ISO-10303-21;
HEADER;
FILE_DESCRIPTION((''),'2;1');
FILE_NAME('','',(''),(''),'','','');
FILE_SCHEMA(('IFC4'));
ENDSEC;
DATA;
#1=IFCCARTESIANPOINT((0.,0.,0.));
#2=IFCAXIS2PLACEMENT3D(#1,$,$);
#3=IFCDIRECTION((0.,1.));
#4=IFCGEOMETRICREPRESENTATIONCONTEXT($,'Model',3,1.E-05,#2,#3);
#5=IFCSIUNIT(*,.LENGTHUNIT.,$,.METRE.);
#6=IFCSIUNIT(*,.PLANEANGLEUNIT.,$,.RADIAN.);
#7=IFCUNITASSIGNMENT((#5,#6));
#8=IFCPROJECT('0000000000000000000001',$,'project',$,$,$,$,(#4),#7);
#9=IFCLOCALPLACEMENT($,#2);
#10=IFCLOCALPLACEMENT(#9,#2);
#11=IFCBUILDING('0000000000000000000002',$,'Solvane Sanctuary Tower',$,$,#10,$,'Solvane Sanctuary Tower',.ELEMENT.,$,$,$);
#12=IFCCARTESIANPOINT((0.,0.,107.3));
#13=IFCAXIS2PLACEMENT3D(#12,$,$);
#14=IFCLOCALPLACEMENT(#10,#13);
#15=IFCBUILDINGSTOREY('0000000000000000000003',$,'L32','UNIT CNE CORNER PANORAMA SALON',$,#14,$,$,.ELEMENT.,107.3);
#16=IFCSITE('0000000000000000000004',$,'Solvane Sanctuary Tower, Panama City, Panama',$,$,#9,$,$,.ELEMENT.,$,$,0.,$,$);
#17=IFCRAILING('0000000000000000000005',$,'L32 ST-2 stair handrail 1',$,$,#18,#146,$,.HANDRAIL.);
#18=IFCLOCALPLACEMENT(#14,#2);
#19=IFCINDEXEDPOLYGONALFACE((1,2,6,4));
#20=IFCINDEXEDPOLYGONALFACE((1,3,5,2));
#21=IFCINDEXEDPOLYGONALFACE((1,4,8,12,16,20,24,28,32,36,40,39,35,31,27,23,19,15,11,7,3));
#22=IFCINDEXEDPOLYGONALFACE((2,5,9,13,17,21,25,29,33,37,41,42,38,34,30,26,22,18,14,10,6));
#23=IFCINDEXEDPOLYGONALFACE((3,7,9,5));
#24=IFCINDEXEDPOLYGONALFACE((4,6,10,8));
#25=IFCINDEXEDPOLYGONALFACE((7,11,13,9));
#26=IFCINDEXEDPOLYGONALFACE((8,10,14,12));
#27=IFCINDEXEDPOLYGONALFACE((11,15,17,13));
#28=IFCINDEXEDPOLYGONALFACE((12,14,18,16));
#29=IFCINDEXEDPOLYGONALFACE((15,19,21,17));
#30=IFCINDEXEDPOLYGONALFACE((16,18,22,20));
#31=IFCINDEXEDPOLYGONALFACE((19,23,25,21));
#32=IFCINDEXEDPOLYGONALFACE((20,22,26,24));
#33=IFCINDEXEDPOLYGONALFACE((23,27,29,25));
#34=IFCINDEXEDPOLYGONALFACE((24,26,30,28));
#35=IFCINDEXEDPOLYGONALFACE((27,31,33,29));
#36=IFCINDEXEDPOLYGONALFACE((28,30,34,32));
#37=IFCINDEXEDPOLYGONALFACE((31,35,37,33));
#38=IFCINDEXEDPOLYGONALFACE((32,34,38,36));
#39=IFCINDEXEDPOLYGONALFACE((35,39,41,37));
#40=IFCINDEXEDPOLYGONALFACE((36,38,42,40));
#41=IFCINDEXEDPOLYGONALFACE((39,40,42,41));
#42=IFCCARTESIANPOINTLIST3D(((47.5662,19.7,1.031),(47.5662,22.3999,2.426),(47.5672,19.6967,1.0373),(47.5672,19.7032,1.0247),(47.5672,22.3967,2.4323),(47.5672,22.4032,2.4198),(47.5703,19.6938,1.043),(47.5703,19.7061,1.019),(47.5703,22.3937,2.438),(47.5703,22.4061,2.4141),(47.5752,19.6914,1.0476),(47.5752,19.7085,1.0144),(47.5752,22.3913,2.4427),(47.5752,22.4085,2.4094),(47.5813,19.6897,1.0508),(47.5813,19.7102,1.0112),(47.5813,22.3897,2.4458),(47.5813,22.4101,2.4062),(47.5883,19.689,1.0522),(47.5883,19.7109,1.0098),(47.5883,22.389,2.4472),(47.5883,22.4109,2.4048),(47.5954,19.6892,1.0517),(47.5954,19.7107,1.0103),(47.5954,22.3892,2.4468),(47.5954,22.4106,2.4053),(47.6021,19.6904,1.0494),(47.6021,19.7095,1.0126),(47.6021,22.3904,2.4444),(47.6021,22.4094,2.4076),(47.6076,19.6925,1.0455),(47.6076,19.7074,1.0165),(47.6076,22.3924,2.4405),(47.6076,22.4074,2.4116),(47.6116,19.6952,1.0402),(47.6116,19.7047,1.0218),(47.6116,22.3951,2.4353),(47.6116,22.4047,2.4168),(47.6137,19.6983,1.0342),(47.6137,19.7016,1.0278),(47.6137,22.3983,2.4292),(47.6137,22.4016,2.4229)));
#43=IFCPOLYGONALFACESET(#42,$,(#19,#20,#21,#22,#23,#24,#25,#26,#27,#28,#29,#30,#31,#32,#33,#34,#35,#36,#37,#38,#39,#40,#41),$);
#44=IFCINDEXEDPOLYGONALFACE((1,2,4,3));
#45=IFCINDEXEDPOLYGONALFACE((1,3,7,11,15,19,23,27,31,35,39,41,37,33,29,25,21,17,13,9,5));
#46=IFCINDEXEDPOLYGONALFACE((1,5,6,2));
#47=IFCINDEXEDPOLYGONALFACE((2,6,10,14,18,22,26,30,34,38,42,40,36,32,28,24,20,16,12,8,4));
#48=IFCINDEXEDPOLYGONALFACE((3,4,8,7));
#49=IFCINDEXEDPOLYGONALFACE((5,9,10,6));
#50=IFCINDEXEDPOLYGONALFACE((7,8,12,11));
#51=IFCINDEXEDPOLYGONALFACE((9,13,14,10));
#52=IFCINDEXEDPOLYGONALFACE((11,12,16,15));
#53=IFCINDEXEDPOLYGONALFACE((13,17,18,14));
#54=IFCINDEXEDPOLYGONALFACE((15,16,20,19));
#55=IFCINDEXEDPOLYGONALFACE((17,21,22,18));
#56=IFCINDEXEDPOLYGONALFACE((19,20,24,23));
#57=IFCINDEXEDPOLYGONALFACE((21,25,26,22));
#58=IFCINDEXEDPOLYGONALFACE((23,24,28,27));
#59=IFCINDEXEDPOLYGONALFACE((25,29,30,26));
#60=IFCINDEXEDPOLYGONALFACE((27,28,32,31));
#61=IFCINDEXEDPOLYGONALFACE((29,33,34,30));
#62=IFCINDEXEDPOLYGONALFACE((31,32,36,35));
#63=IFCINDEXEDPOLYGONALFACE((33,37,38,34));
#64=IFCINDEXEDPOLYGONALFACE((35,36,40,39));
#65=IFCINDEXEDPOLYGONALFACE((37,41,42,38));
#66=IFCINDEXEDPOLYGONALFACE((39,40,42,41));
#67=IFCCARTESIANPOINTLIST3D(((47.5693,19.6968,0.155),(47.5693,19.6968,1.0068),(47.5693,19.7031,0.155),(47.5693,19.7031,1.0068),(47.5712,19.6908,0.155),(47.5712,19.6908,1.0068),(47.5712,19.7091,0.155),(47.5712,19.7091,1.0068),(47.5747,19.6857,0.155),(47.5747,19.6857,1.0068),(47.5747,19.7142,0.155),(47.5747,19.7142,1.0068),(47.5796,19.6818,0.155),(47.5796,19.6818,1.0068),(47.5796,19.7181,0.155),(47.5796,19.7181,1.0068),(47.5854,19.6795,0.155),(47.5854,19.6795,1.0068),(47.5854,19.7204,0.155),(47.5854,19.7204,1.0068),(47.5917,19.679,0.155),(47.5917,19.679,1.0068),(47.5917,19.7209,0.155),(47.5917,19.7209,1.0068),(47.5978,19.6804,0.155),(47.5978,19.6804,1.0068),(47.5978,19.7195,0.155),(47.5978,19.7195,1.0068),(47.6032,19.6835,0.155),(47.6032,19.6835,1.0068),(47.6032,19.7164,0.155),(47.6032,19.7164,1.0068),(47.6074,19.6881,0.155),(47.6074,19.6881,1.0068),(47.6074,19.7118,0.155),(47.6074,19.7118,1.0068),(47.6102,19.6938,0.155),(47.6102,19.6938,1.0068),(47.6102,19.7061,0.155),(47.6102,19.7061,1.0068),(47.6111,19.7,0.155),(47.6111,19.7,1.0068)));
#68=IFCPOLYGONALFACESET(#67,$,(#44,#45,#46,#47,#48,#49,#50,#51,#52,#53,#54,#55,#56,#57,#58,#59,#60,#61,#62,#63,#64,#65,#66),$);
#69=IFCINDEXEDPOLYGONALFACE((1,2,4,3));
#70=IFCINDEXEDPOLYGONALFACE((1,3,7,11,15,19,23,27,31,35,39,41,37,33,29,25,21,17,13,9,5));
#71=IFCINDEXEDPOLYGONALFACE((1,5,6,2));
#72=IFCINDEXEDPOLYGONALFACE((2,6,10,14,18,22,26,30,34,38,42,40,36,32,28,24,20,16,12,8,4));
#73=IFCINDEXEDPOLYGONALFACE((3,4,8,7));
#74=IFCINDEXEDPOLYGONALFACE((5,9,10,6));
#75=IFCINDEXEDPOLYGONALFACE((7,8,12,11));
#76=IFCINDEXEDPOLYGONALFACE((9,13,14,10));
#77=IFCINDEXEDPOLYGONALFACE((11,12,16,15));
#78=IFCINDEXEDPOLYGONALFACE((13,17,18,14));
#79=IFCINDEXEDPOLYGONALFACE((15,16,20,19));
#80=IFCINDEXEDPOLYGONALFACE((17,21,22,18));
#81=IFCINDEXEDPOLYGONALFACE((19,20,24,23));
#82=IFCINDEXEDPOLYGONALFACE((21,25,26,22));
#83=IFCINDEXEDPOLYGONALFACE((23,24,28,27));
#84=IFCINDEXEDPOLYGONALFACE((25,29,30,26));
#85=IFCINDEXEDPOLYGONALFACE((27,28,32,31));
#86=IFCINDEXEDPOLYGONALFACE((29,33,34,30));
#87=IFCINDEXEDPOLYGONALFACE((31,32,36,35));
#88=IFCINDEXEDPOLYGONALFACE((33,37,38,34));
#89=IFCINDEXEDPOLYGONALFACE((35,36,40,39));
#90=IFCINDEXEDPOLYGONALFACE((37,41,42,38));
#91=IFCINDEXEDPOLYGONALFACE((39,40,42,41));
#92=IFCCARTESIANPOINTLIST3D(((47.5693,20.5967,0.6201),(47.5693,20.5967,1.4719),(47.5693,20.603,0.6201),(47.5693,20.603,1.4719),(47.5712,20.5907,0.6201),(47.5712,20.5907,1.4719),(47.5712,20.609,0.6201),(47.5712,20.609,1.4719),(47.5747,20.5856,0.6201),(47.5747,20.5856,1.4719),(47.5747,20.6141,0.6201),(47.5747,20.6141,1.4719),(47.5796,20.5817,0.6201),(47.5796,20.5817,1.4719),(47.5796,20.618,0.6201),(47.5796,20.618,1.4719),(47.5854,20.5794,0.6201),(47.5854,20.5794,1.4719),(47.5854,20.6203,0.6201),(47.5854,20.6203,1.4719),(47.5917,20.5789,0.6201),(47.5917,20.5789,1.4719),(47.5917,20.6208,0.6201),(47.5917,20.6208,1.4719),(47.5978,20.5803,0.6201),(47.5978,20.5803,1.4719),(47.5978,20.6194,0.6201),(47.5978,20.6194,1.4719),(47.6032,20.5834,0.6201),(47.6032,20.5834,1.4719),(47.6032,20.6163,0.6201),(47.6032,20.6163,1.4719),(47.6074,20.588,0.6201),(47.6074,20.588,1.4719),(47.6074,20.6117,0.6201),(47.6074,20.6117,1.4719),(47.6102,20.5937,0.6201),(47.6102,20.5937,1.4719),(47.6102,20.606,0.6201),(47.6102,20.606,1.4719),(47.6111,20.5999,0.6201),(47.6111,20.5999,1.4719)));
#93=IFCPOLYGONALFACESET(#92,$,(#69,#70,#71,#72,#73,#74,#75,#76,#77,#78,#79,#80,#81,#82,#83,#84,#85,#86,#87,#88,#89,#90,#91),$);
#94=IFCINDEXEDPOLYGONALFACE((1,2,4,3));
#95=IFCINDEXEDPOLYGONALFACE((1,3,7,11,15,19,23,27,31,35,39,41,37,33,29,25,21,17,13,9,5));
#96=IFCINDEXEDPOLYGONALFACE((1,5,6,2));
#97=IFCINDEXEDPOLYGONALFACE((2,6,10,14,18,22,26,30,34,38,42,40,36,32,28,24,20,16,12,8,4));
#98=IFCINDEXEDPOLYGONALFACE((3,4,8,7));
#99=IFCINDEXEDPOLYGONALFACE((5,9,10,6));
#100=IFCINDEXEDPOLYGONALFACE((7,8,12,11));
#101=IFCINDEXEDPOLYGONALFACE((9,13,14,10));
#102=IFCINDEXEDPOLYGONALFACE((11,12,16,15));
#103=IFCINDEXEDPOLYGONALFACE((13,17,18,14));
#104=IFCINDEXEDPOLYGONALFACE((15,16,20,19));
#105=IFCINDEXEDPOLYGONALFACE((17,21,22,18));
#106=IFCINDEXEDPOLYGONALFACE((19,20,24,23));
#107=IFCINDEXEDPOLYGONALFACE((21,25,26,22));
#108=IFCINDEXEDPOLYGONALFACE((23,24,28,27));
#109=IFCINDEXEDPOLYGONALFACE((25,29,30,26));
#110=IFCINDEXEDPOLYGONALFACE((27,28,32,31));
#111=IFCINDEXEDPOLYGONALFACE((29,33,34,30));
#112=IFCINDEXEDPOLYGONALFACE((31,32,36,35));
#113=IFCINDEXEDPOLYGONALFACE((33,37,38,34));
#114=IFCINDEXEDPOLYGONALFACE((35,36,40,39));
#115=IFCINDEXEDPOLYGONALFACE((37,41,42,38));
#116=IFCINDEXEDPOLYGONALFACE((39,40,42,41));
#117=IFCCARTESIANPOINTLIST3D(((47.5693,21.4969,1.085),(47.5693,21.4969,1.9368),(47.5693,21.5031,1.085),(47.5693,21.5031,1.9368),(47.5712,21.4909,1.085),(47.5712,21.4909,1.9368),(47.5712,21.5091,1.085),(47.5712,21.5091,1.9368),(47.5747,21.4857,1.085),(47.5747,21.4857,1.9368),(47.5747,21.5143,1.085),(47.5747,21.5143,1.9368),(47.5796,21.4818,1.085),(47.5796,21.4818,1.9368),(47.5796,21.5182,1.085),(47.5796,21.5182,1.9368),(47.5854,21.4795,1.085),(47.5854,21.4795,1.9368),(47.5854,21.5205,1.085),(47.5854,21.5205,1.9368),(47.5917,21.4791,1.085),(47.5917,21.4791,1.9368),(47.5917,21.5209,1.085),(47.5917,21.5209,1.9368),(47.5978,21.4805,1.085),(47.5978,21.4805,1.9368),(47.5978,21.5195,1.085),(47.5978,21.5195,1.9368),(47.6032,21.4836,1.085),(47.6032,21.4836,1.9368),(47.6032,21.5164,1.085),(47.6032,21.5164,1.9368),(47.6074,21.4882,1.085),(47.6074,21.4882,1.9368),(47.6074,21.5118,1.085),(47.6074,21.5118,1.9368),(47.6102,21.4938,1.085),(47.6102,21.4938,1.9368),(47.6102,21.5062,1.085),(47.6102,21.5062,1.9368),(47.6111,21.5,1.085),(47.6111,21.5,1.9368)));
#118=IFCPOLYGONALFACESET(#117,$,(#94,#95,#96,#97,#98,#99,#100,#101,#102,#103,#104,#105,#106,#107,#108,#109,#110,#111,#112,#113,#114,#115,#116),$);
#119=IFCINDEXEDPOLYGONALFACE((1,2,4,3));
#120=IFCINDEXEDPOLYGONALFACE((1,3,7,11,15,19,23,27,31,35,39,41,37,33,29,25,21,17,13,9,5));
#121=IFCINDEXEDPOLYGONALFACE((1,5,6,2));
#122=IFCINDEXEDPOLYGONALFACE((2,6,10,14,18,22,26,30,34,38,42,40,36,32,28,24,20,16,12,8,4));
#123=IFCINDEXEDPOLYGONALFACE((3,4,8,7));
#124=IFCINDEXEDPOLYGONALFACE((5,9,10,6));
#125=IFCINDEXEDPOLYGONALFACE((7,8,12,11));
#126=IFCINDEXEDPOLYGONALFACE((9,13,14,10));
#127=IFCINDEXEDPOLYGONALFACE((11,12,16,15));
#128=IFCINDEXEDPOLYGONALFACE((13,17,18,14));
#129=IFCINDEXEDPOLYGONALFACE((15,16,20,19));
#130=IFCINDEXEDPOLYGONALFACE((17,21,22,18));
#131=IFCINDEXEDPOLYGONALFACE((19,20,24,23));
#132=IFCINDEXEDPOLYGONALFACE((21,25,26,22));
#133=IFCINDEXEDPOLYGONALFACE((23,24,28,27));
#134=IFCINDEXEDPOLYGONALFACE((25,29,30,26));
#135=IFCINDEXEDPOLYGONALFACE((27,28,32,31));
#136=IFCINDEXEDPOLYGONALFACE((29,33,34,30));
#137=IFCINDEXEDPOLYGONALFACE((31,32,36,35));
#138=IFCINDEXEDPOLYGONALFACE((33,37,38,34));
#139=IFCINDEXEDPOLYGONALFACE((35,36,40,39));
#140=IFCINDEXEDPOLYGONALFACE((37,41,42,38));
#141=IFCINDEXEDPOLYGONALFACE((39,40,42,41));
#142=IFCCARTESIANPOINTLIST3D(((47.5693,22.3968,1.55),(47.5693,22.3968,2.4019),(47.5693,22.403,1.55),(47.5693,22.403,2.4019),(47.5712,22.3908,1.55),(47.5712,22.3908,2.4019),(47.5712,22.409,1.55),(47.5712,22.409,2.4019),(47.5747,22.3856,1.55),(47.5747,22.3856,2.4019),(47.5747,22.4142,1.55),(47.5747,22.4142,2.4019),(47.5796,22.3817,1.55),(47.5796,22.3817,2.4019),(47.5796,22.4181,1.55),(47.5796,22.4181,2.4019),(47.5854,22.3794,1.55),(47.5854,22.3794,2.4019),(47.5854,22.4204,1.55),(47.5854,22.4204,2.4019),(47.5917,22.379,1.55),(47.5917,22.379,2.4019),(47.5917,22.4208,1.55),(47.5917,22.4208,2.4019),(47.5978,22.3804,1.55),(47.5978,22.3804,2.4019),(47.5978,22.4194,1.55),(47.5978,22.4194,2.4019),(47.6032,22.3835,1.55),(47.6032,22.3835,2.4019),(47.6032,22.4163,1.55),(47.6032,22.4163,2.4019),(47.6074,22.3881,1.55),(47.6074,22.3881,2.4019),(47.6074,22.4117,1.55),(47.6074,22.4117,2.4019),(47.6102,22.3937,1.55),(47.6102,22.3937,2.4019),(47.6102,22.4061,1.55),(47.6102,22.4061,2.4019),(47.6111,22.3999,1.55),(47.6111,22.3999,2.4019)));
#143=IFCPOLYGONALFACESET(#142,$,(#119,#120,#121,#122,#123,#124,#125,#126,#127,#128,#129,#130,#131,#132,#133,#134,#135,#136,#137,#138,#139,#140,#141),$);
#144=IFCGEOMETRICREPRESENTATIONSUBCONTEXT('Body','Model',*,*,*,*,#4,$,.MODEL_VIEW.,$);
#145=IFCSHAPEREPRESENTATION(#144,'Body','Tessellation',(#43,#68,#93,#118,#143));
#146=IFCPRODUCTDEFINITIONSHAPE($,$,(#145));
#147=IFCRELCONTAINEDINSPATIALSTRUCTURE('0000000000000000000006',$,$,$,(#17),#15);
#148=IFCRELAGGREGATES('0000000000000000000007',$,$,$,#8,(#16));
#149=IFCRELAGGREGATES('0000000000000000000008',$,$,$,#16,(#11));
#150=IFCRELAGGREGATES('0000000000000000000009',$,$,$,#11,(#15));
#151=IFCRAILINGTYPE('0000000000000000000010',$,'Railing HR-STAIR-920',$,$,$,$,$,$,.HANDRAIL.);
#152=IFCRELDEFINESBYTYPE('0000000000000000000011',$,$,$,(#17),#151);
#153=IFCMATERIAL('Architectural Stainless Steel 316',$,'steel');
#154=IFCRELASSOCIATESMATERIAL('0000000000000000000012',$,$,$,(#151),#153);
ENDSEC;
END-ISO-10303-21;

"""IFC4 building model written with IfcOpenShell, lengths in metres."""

from ifc_helpers import new_model, si_unit, direction, frame, origin, origin_2d, place, context, subcontext, project, spatial, circle, extrude, material, type_object, element, save


model = new_model("IFC4")

# Units and contexts
model_context = context("Model", 3, precision=1e-05, world=origin(), true_north=direction((0.0, 1.0)))
body_context = subcontext(model_context, "Body", "Model", "MODEL_VIEW")
ifc_project = project(units=[si_unit("LENGTHUNIT", "METRE"), si_unit("PLANEANGLEUNIT", "RADIAN")], contexts=[model_context])

# Site, building, storey
site_placement = place(None, origin())
site = spatial("IfcSite", under=ifc_project, at=site_placement, Name="Solvane Sanctuary Tower, Panama City, Panama", CompositionType="ELEMENT", RefElevation=0.0)
building_placement = place(site_placement, origin())
building = spatial("IfcBuilding", under=site, at=building_placement, Name="Solvane Sanctuary Tower", LongName="Solvane Sanctuary Tower", CompositionType="ELEMENT")
storey_placement = place(building_placement, frame((0.0, 0.0, 107.3)))
storey = spatial("IfcBuildingStorey", under=building, at=storey_placement, Name="L32", Description="UNIT CNE CORNER PANORAMA SALON", CompositionType="ELEMENT", Elevation=107.3)

# Shared definitions
ifc_material_1 = material(Name="Architectural Stainless Steel 316", Category="steel")

# Railing
railing_type_1 = type_object("IfcRailingType", Name="Railing HR-STAIR-920", PredefinedType="HANDRAIL", material=ifc_material_1)
railing_1_placement = place(storey_placement, frame((47.5901, 19.7, 0.155)))
element("IfcRailing", 1, at=railing_1_placement, inside=storey, type_object=railing_type_1, Name="L32 ST-2 stair handrail 1", PredefinedType="HANDRAIL", context=body_context, shape_type="SweptSolid", body=[
    extrude(circle(Radius=0.0239, at=origin_2d()), frame((0.0, 0.0, 0.876), z_axis=(0.0, 0.88842, 0.459032), x_axis=(-1.0, 0.0, 0.0)), (0.0, 0.0, 1.0), 3.0391),
    extrude(circle(Radius=0.021, at=origin_2d()), origin(), (0.0, 0.0, 1.0), 0.8518),
    extrude(circle(Radius=0.021, at=origin_2d()), frame((0.0, 0.8999, 0.4651)), (0.0, 0.0, 1.0), 0.8518),
    extrude(circle(Radius=0.021, at=origin_2d()), frame((0.0, 1.8, 0.9299)), (0.0, 0.0, 1.0), 0.8518),
    extrude(circle(Radius=0.021, at=origin_2d()), frame((0.0, 2.7, 1.395)), (0.0, 0.0, 1.0), 0.8518),
])

save(model, "model.ifc")
